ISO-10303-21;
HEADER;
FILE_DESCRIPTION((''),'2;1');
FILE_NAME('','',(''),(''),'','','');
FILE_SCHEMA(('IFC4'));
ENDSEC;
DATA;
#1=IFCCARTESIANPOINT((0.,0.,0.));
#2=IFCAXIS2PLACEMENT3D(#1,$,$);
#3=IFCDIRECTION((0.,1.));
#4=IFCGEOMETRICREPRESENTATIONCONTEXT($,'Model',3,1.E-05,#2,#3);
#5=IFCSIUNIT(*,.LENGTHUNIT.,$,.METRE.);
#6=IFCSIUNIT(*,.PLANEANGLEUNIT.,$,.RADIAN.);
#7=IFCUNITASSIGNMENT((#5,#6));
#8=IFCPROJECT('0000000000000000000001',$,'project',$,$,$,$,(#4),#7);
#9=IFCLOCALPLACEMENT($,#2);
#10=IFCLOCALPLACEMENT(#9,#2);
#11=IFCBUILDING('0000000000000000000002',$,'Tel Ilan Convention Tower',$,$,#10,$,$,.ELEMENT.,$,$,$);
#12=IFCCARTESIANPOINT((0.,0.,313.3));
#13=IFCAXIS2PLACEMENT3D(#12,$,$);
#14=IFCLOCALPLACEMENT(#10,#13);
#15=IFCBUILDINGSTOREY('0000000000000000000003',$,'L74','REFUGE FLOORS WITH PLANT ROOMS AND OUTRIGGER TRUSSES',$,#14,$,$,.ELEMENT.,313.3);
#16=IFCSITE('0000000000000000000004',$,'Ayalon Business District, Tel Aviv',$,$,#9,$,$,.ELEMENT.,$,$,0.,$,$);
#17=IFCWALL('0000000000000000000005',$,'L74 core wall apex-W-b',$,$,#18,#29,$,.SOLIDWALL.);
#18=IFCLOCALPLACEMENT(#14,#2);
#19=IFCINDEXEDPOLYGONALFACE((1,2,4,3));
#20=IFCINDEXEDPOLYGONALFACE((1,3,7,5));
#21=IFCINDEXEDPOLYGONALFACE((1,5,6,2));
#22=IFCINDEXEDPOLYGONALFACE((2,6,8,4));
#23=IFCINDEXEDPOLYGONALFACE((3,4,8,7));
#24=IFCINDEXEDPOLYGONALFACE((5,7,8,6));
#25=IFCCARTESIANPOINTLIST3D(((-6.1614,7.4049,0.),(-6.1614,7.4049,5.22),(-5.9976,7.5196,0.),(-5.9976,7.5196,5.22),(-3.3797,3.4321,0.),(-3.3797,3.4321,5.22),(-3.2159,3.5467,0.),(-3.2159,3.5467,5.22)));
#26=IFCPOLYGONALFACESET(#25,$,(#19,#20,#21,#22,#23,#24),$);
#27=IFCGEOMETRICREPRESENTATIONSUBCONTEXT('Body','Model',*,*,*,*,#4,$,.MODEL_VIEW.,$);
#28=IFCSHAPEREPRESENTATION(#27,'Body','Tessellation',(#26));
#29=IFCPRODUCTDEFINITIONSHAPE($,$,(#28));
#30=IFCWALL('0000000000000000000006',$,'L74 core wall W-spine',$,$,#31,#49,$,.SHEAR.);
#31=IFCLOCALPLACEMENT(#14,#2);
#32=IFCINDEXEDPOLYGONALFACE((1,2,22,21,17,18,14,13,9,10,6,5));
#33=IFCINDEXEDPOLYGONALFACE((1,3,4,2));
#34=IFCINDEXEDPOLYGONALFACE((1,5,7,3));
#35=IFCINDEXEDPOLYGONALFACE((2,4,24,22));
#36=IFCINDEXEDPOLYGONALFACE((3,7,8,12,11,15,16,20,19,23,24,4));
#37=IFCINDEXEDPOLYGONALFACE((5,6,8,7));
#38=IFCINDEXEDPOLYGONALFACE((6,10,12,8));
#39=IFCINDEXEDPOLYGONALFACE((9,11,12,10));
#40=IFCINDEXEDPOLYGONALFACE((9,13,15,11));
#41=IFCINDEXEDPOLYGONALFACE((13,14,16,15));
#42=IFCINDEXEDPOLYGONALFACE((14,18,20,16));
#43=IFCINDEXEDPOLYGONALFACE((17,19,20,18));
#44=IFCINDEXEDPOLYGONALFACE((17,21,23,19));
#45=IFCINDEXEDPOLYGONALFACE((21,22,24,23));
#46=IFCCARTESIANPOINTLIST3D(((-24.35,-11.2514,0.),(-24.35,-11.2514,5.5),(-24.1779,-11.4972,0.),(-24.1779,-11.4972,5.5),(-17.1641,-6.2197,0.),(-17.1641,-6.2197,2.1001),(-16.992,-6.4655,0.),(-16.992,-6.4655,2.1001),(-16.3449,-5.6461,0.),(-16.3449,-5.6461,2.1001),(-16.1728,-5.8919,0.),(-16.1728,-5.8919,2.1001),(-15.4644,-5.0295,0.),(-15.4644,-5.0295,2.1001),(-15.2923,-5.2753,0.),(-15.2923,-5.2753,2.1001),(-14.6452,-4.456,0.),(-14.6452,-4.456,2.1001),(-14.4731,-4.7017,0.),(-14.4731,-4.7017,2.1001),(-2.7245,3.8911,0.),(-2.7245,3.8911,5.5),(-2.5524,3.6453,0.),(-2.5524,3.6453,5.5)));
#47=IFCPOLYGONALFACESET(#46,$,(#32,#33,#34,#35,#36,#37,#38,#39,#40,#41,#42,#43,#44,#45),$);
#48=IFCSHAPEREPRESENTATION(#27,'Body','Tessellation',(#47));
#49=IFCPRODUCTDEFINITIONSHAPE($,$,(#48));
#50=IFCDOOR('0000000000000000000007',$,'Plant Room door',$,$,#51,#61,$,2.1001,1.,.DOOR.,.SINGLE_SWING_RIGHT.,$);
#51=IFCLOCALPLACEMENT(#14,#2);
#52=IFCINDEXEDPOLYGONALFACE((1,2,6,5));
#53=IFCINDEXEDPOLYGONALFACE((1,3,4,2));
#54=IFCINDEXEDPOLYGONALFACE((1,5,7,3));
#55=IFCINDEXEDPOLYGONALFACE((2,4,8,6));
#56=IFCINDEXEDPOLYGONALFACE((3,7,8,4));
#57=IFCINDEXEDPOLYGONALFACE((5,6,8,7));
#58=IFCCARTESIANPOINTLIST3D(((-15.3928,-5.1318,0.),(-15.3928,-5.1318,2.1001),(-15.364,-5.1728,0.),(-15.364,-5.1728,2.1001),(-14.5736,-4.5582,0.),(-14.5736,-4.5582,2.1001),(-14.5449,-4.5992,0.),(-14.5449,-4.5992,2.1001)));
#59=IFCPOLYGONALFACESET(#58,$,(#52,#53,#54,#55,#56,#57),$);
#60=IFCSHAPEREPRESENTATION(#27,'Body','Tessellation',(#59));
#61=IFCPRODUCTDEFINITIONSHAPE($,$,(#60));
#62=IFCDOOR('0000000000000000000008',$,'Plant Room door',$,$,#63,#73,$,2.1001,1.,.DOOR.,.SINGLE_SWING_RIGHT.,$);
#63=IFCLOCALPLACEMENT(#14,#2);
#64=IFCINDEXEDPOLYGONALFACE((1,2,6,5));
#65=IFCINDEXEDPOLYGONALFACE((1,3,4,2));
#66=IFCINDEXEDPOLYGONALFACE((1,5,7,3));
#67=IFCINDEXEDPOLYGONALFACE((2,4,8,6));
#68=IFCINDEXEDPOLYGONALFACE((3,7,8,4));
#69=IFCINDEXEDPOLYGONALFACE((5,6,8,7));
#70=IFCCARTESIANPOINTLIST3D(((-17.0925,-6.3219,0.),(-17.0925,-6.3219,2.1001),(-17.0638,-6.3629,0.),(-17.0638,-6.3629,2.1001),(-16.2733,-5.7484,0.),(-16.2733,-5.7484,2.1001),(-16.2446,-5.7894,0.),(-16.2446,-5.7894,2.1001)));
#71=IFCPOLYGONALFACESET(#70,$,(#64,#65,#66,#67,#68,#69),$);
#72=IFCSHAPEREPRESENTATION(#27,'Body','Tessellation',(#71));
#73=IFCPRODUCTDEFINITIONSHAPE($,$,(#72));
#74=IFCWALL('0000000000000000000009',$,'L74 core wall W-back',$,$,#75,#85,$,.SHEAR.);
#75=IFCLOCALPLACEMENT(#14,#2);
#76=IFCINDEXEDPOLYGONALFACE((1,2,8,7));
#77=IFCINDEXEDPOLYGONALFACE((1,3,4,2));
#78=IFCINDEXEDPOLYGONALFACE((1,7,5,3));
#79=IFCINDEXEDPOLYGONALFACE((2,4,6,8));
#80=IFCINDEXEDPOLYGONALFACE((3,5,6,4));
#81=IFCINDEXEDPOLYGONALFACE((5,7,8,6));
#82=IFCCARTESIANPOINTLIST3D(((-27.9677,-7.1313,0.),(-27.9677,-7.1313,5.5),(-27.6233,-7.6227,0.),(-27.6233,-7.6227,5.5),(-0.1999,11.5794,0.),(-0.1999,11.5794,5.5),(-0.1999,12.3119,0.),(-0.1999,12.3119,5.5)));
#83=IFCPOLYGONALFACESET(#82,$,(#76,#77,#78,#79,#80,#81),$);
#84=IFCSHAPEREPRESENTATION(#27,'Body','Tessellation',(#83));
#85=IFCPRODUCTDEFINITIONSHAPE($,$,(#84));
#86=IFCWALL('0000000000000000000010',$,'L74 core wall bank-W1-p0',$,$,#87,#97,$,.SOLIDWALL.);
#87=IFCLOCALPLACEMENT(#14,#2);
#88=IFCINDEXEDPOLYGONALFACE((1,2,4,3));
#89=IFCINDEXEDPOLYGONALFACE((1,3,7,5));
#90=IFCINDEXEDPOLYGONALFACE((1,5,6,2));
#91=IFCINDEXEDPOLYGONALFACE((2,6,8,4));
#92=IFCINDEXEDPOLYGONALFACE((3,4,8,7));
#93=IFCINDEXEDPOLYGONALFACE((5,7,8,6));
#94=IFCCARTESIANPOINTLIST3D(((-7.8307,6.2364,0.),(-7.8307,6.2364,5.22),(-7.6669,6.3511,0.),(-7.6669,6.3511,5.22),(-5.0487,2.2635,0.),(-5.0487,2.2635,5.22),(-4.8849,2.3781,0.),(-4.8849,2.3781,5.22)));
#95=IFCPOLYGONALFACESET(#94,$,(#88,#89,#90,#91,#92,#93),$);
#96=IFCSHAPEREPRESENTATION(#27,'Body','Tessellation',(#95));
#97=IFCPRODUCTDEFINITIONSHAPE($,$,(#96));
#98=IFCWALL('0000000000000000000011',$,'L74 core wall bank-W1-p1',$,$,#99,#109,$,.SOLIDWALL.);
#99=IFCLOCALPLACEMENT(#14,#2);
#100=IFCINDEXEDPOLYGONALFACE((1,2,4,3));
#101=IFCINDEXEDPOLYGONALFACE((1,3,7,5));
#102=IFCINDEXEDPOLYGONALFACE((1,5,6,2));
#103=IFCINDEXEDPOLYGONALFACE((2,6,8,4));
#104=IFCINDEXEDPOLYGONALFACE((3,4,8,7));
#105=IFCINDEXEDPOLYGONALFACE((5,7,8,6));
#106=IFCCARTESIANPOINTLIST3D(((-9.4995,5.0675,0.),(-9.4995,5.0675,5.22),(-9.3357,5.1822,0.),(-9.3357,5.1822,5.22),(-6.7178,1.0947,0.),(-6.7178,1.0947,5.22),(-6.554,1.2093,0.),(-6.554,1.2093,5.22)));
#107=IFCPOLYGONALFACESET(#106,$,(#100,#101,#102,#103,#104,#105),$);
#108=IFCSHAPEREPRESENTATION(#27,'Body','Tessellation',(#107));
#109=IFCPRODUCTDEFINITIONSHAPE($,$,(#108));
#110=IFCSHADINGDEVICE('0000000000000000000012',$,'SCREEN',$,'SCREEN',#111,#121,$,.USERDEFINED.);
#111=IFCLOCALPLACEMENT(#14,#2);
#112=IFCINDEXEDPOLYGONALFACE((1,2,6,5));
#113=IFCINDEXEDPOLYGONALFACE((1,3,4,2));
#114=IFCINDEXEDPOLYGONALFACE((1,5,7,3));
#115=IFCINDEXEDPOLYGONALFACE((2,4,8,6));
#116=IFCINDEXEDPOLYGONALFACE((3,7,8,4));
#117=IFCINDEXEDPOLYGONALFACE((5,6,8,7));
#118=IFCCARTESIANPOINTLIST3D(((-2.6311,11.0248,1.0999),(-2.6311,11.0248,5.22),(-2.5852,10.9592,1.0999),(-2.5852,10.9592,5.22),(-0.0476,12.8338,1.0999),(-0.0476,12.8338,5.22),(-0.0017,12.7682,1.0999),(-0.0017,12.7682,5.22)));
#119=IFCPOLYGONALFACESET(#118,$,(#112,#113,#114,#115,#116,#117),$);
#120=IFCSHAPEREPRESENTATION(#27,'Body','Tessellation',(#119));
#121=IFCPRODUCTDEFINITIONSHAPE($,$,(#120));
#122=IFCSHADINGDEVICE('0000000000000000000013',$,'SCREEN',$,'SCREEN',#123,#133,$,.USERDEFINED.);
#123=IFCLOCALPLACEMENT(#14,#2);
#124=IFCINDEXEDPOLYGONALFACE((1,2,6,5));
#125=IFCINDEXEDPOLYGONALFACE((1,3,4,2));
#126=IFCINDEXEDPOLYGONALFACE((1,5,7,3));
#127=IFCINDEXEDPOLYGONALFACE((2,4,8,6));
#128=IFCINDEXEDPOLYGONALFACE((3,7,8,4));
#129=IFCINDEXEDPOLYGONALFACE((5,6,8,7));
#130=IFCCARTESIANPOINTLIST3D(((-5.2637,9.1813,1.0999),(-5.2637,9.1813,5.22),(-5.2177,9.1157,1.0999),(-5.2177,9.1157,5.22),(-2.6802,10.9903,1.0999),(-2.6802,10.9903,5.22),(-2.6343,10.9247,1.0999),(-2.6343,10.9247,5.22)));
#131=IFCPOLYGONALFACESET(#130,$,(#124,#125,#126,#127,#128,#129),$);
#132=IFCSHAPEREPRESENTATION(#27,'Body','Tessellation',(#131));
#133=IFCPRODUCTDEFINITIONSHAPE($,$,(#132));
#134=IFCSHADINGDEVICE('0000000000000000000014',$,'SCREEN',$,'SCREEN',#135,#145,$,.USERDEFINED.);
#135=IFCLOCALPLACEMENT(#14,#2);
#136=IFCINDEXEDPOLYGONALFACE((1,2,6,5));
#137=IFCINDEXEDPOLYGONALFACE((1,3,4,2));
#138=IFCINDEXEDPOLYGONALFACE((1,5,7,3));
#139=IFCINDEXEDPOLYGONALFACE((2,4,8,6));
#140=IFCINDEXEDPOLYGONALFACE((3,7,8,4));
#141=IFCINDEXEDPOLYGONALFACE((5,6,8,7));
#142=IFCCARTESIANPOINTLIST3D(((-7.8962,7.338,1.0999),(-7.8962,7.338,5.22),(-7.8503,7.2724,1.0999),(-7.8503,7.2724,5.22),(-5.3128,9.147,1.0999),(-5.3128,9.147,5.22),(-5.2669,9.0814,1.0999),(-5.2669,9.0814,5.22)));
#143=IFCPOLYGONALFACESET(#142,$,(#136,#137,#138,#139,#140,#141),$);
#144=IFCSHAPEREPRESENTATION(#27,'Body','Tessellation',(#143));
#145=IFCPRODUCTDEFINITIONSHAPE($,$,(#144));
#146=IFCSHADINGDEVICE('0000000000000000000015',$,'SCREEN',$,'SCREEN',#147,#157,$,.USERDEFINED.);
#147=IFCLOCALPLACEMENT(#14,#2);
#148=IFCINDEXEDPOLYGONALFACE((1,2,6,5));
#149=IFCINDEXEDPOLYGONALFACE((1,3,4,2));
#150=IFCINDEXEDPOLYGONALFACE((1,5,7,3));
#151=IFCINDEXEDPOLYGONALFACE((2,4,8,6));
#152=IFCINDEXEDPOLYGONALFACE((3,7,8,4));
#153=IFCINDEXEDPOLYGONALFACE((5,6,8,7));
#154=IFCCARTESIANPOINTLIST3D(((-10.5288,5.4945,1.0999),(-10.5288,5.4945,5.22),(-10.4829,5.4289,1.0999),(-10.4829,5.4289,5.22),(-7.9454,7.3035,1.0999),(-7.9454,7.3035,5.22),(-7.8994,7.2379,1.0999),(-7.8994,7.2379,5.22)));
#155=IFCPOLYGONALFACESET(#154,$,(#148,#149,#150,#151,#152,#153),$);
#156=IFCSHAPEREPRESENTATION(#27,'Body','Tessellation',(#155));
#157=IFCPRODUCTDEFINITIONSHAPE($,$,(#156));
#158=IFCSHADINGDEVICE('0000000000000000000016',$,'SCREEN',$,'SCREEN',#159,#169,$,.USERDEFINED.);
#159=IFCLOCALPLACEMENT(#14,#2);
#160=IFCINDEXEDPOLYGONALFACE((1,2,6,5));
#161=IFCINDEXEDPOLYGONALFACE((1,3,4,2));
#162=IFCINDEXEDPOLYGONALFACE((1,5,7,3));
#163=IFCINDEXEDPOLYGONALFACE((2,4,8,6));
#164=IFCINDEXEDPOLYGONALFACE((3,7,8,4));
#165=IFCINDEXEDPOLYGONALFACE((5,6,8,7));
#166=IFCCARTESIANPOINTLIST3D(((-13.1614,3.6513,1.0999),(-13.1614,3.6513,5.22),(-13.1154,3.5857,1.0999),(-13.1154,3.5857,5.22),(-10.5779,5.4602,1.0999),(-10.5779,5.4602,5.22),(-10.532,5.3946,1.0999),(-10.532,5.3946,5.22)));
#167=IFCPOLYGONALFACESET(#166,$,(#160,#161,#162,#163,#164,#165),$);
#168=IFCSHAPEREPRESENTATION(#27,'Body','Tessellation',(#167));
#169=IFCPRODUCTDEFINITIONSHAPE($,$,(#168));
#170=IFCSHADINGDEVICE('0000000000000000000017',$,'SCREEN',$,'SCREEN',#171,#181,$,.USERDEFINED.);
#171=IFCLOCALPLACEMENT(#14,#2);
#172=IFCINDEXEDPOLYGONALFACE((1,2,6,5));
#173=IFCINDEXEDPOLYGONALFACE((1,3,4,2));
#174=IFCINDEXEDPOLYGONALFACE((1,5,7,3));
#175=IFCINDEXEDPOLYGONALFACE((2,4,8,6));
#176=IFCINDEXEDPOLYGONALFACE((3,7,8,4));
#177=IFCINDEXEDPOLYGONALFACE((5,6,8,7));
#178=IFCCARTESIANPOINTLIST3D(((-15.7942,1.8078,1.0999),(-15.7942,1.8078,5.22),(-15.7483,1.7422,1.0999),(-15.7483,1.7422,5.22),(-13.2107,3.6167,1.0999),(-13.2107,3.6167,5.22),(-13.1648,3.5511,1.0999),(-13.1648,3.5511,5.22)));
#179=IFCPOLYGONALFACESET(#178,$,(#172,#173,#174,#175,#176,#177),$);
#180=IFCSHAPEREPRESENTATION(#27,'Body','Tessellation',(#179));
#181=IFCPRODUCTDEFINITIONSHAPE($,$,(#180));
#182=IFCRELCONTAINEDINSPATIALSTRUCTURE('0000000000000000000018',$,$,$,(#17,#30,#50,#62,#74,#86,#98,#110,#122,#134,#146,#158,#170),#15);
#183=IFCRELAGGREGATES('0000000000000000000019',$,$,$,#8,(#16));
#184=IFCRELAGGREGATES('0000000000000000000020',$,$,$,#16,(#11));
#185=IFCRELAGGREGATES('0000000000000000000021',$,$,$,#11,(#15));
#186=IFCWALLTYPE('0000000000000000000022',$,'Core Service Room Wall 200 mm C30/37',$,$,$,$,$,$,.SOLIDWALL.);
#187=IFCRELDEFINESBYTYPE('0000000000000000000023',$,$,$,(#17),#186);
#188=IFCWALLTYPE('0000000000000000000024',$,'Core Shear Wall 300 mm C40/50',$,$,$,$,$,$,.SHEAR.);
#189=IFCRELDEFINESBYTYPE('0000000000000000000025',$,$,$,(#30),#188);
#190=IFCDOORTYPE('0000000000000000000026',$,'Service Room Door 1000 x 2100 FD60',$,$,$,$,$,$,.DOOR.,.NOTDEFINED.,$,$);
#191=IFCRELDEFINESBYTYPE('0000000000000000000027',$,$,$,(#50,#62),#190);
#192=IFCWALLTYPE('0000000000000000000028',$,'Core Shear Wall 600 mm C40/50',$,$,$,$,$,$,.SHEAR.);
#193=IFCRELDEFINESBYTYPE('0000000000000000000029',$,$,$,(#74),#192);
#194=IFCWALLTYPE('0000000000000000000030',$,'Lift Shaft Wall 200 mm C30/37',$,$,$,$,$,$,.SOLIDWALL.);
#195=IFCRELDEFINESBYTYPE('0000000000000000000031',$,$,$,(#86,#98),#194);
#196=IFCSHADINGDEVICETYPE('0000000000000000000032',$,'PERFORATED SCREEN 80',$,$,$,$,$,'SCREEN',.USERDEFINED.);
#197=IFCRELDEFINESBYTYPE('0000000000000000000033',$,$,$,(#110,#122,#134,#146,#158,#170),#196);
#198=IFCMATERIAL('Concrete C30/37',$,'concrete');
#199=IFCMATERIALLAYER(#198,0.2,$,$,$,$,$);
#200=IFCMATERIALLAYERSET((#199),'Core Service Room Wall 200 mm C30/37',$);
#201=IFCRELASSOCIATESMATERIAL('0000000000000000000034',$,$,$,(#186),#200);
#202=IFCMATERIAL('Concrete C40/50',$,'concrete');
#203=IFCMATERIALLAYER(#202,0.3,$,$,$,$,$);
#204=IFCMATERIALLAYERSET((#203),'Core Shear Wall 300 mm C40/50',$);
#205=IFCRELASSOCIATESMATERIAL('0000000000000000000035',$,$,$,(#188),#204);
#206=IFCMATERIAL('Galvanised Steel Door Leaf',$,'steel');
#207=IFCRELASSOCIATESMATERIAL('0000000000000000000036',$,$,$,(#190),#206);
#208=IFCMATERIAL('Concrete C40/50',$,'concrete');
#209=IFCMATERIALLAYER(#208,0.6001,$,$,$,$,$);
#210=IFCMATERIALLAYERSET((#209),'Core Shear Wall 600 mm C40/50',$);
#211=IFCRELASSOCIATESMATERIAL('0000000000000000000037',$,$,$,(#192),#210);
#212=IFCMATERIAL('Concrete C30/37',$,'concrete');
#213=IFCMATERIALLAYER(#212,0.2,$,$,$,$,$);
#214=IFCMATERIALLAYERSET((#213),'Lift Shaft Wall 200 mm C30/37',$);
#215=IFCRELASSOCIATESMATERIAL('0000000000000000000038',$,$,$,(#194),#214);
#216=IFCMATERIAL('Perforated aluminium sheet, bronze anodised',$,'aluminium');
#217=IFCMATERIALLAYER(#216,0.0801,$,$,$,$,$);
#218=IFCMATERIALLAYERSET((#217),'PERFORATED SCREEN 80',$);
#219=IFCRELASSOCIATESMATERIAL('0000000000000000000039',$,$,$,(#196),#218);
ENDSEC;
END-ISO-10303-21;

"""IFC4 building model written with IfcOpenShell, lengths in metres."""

from ifc_helpers import new_model, si_unit, direction, frame, frame_2d, origin, origin_2d, place, context, subcontext, project, spatial, polyline, rectangle, outline, extrude, material, layer, layer_set, type_object, element, fill, save


model = new_model("IFC4")

# Units and contexts
model_context = context("Model", 3, precision=1e-05, world=origin(), true_north=direction((0.0, 1.0)))
body_context = subcontext(model_context, "Body", "Model", "MODEL_VIEW")
ifc_project = project(units=[si_unit("LENGTHUNIT", "METRE"), si_unit("PLANEANGLEUNIT", "RADIAN")], contexts=[model_context])

# Site, building, storey
site_placement = place(None, origin())
site = spatial("IfcSite", under=ifc_project, at=site_placement, Name="Ayalon Business District, Tel Aviv", CompositionType="ELEMENT", RefElevation=0.0)
building_placement = place(site_placement, origin())
building = spatial("IfcBuilding", under=site, at=building_placement, Name="Tel Ilan Convention Tower", CompositionType="ELEMENT")
storey_placement = place(building_placement, frame((0.0, 0.0, 313.3)))
storey = spatial("IfcBuildingStorey", under=building, at=storey_placement, Name="L74", Description="REFUGE FLOORS WITH PLANT ROOMS AND OUTRIGGER TRUSSES", CompositionType="ELEMENT", Elevation=313.3)

# Wall
ifc_material_1 = material(Name="Concrete C30/37", Category="concrete")
ifc_layer_1 = layer(ifc_material_1, 0.2)
ifc_layer_set_1 = layer_set([ifc_layer_1], Name="Core Service Room Wall 200 mm C30/37")
wall_type_1 = type_object("IfcWallType", Name="Core Service Room Wall 200 mm C30/37", PredefinedType="SOLIDWALL", material=ifc_layer_set_1)
wall_1_placement = place(storey_placement, frame((-3.2979, 3.4895, 0.0), z_axis=(0.0, 0.0, 1.0), x_axis=(-0.57356, 0.819163, 0.0)))
element("IfcWall", 1, at=wall_1_placement, inside=storey, type_object=wall_type_1, Name="L74 core wall apex-W-b", PredefinedType="SOLIDWALL", context=body_context, shape_type="SweptSolid", body=[
    extrude(rectangle(XDim=4.8499, YDim=0.2, at=frame_2d((2.4248, 0.0))), origin(), (0.0, 0.0, 1.0), 5.22),
])

# Wall, openings, doors
ifc_material_2 = material(Name="Concrete C40/50", Category="concrete")
ifc_layer_2 = layer(ifc_material_2, 0.3)
ifc_layer_set_2 = layer_set([ifc_layer_2], Name="Core Shear Wall 300 mm C40/50")
wall_type_2 = type_object("IfcWallType", Name="Core Shear Wall 300 mm C40/50", PredefinedType="SHEAR", material=ifc_layer_set_2)
wall_2_placement = place(storey_placement, frame((-2.6384, 3.7681, 0.0), z_axis=(0.0, 0.0, 1.0), x_axis=(-0.819155, -0.573572, 0.0)))
wall_2 = element("IfcWall", 2, at=wall_2_placement, inside=storey, type_object=wall_type_2, Name="L74 core wall W-spine", PredefinedType="SHEAR", context=body_context, shape_type="SweptSolid", body=[
    extrude(outline(polyline([(26.3999, 0.1501), (0.0, 0.1499), (0.0, -0.1501), (26.3999, -0.1499), (26.3999, 0.1501)])), origin(), (0.0, 0.0, 1.0), 5.5),
])
opening_1_placement = place(wall_2_placement, frame((14.5525, 0.0, 0.0)))
opening_1 = element("IfcOpeningElement", 3, at=opening_1_placement, cuts=wall_2, PredefinedType="OPENING", context=body_context, shape_type="SweptSolid", body=[
    extrude(rectangle(XDim=1.0, YDim=2.1001, at=frame_2d((0.5, 1.05))), frame((0.0, 0.1599, 0.0), z_axis=(0.0, -1.0, 0.0), x_axis=(1.0, 0.0, 0.0)), (0.0, 0.0, 1.0), 0.3201),
])
opening_2_placement = place(wall_2_placement, frame((16.6274, 0.0, 0.0)))
opening_2 = element("IfcOpeningElement", 4, at=opening_2_placement, cuts=wall_2, PredefinedType="OPENING", context=body_context, shape_type="SweptSolid", body=[
    extrude(rectangle(XDim=1.0, YDim=2.1001, at=frame_2d((0.5, 1.05))), frame((0.0, 0.1599, 0.0), z_axis=(0.0, -1.0, 0.0), x_axis=(1.0, 0.0, 0.0)), (0.0, 0.0, 1.0), 0.3201),
])
ifc_material_3 = material(Name="Galvanised Steel Door Leaf", Category="steel")
door_type = type_object("IfcDoorType", Name="Service Room Door 1000 x 2100 FD60", OperationType="NOTDEFINED", PredefinedType="DOOR", material=ifc_material_3)
door_1_placement = place(opening_1_placement, origin())
door_1 = element("IfcDoor", 5, at=door_1_placement, inside=storey, type_object=door_type, Name="Plant Room door", OperationType="SINGLE_SWING_RIGHT", OverallHeight=2.1001, OverallWidth=1.0, PredefinedType="DOOR", context=body_context, shape_type="SweptSolid", body=[
    extrude(rectangle(XDim=1.0, YDim=2.1001, at=frame_2d((0.5, 1.05))), frame((0.0, 0.0249, 0.0), z_axis=(0.0, -1.0, 0.0), x_axis=(1.0, 0.0, 0.0)), (0.0, 0.0, 1.0), 0.05),
])
fill(opening_1, door_1)
door_2_placement = place(opening_2_placement, origin())
door_2 = element("IfcDoor", 6, at=door_2_placement, inside=storey, type_object=door_type, Name="Plant Room door", OperationType="SINGLE_SWING_RIGHT", OverallHeight=2.1001, OverallWidth=1.0, PredefinedType="DOOR", context=body_context, shape_type="SweptSolid", body=[
    extrude(rectangle(XDim=1.0, YDim=2.1001, at=frame_2d((0.5, 1.05))), frame((0.0, 0.0249, 0.0), z_axis=(0.0, -1.0, 0.0), x_axis=(1.0, 0.0, 0.0)), (0.0, 0.0, 1.0), 0.05),
])
fill(opening_2, door_2)

# Walls
ifc_material_4 = material(Name="Concrete C40/50", Category="concrete")
ifc_layer_3 = layer(ifc_material_4, 0.6001)
ifc_layer_set_3 = layer_set([ifc_layer_3], Name="Core Shear Wall 600 mm C40/50")
wall_type_3 = type_object("IfcWallType", Name="Core Shear Wall 600 mm C40/50", PredefinedType="SHEAR", material=ifc_layer_set_3)
wall_3_placement = place(storey_placement, frame((-0.0278, 12.0662, 0.0), z_axis=(0.0, 0.0, 1.0), x_axis=(-0.819151, -0.573577, 0.0)))
element("IfcWall", 7, at=wall_3_placement, inside=storey, type_object=wall_type_3, Name="L74 core wall W-back", PredefinedType="SHEAR", context=body_context, shape_type="SweptSolid", body=[
    extrude(outline(polyline([(33.8979, 0.3), (0.4202, 0.3), (0.0, -0.3), (33.8982, -0.3), (33.8979, 0.3)])), origin(), (0.0, 0.0, 1.0), 5.5),
])
ifc_material_5 = material(Name="Concrete C30/37", Category="concrete")
ifc_layer_4 = layer(ifc_material_5, 0.2)
ifc_layer_set_4 = layer_set([ifc_layer_4], Name="Lift Shaft Wall 200 mm C30/37")
wall_type_4 = type_object("IfcWallType", Name="Lift Shaft Wall 200 mm C30/37", PredefinedType="SOLIDWALL", material=ifc_layer_set_4)
wall_4_placement = place(storey_placement, frame((-4.9668, 2.3208, 0.0), z_axis=(0.0, 0.0, 1.0), x_axis=(-0.573594, 0.81914, 0.0)))
element("IfcWall", 8, at=wall_4_placement, inside=storey, type_object=wall_type_4, Name="L74 core wall bank-W1-p0", PredefinedType="SOLIDWALL", context=body_context, shape_type="SweptSolid", body=[
    extrude(rectangle(XDim=4.8501, YDim=0.2, at=frame_2d((2.425, 0.0))), origin(), (0.0, 0.0, 1.0), 5.22),
])
wall_5_placement = place(storey_placement, frame((-6.636, 1.1521, 0.0), z_axis=(0.0, 0.0, 1.0), x_axis=(-0.57356, 0.819163, 0.0)))
element("IfcWall", 9, at=wall_5_placement, inside=storey, type_object=wall_type_4, Name="L74 core wall bank-W1-p1", PredefinedType="SOLIDWALL", context=body_context, shape_type="SweptSolid", body=[
    extrude(rectangle(XDim=4.8499, YDim=0.2, at=frame_2d((2.4248, 0.0))), origin(), (0.0, 0.0, 1.0), 5.22),
])

# Shading devices
ifc_material_6 = material(Name="Perforated aluminium sheet, bronze anodised", Category="aluminium")
ifc_layer_5 = layer(ifc_material_6, 0.0801)
ifc_layer_set_5 = layer_set([ifc_layer_5], Name="PERFORATED SCREEN 80")
shading_device_type_1 = type_object("IfcShadingDeviceType", Name="PERFORATED SCREEN 80", ElementType="SCREEN", PredefinedType="USERDEFINED", material=ifc_layer_set_5)
for number, where, z_axis, x_axis, name in (
    (10, (-1.3164, 11.8965, 1.0999), (0.0, 0.0, 1.0), (-0.819152, -0.573576, 0.0), "SCREEN"),
    (11, (-3.949, 10.053, 1.0999), (0.0, 0.0, 1.0), (-0.819152, -0.573576, 0.0), "SCREEN"),
    (12, (-6.5815, 8.2097, 1.0999), (0.0, 0.0, 1.0), (-0.819152, -0.573576, 0.0), "SCREEN"),
    (13, (-9.2141, 6.3662, 1.0999), (0.0, 0.0, 1.0), (-0.819152, -0.573576, 0.0), "SCREEN"),
    (14, (-11.8467, 4.5229, 1.0999), (0.0, 0.0, 1.0), (-0.819152, -0.573576, 0.0), "SCREEN"),
    (15, (-14.4795, 2.6794, 1.0999), (0.0, 0.0, 1.0), (-0.819152, -0.573576, 0.0), "SCREEN"),
):
    element("IfcShadingDevice", number, at=place(storey_placement, frame(where, z_axis=z_axis, x_axis=x_axis)), inside=storey, type_object=shading_device_type_1, Name=name, ObjectType="SCREEN", PredefinedType="USERDEFINED", context=body_context, shape_type="SweptSolid", body=[
        extrude(rectangle(XDim=3.1538, YDim=0.0801, at=origin_2d()), origin(), (0.0, 0.0, 1.0), 4.1201),
    ])

save(model, "model.ifc")
